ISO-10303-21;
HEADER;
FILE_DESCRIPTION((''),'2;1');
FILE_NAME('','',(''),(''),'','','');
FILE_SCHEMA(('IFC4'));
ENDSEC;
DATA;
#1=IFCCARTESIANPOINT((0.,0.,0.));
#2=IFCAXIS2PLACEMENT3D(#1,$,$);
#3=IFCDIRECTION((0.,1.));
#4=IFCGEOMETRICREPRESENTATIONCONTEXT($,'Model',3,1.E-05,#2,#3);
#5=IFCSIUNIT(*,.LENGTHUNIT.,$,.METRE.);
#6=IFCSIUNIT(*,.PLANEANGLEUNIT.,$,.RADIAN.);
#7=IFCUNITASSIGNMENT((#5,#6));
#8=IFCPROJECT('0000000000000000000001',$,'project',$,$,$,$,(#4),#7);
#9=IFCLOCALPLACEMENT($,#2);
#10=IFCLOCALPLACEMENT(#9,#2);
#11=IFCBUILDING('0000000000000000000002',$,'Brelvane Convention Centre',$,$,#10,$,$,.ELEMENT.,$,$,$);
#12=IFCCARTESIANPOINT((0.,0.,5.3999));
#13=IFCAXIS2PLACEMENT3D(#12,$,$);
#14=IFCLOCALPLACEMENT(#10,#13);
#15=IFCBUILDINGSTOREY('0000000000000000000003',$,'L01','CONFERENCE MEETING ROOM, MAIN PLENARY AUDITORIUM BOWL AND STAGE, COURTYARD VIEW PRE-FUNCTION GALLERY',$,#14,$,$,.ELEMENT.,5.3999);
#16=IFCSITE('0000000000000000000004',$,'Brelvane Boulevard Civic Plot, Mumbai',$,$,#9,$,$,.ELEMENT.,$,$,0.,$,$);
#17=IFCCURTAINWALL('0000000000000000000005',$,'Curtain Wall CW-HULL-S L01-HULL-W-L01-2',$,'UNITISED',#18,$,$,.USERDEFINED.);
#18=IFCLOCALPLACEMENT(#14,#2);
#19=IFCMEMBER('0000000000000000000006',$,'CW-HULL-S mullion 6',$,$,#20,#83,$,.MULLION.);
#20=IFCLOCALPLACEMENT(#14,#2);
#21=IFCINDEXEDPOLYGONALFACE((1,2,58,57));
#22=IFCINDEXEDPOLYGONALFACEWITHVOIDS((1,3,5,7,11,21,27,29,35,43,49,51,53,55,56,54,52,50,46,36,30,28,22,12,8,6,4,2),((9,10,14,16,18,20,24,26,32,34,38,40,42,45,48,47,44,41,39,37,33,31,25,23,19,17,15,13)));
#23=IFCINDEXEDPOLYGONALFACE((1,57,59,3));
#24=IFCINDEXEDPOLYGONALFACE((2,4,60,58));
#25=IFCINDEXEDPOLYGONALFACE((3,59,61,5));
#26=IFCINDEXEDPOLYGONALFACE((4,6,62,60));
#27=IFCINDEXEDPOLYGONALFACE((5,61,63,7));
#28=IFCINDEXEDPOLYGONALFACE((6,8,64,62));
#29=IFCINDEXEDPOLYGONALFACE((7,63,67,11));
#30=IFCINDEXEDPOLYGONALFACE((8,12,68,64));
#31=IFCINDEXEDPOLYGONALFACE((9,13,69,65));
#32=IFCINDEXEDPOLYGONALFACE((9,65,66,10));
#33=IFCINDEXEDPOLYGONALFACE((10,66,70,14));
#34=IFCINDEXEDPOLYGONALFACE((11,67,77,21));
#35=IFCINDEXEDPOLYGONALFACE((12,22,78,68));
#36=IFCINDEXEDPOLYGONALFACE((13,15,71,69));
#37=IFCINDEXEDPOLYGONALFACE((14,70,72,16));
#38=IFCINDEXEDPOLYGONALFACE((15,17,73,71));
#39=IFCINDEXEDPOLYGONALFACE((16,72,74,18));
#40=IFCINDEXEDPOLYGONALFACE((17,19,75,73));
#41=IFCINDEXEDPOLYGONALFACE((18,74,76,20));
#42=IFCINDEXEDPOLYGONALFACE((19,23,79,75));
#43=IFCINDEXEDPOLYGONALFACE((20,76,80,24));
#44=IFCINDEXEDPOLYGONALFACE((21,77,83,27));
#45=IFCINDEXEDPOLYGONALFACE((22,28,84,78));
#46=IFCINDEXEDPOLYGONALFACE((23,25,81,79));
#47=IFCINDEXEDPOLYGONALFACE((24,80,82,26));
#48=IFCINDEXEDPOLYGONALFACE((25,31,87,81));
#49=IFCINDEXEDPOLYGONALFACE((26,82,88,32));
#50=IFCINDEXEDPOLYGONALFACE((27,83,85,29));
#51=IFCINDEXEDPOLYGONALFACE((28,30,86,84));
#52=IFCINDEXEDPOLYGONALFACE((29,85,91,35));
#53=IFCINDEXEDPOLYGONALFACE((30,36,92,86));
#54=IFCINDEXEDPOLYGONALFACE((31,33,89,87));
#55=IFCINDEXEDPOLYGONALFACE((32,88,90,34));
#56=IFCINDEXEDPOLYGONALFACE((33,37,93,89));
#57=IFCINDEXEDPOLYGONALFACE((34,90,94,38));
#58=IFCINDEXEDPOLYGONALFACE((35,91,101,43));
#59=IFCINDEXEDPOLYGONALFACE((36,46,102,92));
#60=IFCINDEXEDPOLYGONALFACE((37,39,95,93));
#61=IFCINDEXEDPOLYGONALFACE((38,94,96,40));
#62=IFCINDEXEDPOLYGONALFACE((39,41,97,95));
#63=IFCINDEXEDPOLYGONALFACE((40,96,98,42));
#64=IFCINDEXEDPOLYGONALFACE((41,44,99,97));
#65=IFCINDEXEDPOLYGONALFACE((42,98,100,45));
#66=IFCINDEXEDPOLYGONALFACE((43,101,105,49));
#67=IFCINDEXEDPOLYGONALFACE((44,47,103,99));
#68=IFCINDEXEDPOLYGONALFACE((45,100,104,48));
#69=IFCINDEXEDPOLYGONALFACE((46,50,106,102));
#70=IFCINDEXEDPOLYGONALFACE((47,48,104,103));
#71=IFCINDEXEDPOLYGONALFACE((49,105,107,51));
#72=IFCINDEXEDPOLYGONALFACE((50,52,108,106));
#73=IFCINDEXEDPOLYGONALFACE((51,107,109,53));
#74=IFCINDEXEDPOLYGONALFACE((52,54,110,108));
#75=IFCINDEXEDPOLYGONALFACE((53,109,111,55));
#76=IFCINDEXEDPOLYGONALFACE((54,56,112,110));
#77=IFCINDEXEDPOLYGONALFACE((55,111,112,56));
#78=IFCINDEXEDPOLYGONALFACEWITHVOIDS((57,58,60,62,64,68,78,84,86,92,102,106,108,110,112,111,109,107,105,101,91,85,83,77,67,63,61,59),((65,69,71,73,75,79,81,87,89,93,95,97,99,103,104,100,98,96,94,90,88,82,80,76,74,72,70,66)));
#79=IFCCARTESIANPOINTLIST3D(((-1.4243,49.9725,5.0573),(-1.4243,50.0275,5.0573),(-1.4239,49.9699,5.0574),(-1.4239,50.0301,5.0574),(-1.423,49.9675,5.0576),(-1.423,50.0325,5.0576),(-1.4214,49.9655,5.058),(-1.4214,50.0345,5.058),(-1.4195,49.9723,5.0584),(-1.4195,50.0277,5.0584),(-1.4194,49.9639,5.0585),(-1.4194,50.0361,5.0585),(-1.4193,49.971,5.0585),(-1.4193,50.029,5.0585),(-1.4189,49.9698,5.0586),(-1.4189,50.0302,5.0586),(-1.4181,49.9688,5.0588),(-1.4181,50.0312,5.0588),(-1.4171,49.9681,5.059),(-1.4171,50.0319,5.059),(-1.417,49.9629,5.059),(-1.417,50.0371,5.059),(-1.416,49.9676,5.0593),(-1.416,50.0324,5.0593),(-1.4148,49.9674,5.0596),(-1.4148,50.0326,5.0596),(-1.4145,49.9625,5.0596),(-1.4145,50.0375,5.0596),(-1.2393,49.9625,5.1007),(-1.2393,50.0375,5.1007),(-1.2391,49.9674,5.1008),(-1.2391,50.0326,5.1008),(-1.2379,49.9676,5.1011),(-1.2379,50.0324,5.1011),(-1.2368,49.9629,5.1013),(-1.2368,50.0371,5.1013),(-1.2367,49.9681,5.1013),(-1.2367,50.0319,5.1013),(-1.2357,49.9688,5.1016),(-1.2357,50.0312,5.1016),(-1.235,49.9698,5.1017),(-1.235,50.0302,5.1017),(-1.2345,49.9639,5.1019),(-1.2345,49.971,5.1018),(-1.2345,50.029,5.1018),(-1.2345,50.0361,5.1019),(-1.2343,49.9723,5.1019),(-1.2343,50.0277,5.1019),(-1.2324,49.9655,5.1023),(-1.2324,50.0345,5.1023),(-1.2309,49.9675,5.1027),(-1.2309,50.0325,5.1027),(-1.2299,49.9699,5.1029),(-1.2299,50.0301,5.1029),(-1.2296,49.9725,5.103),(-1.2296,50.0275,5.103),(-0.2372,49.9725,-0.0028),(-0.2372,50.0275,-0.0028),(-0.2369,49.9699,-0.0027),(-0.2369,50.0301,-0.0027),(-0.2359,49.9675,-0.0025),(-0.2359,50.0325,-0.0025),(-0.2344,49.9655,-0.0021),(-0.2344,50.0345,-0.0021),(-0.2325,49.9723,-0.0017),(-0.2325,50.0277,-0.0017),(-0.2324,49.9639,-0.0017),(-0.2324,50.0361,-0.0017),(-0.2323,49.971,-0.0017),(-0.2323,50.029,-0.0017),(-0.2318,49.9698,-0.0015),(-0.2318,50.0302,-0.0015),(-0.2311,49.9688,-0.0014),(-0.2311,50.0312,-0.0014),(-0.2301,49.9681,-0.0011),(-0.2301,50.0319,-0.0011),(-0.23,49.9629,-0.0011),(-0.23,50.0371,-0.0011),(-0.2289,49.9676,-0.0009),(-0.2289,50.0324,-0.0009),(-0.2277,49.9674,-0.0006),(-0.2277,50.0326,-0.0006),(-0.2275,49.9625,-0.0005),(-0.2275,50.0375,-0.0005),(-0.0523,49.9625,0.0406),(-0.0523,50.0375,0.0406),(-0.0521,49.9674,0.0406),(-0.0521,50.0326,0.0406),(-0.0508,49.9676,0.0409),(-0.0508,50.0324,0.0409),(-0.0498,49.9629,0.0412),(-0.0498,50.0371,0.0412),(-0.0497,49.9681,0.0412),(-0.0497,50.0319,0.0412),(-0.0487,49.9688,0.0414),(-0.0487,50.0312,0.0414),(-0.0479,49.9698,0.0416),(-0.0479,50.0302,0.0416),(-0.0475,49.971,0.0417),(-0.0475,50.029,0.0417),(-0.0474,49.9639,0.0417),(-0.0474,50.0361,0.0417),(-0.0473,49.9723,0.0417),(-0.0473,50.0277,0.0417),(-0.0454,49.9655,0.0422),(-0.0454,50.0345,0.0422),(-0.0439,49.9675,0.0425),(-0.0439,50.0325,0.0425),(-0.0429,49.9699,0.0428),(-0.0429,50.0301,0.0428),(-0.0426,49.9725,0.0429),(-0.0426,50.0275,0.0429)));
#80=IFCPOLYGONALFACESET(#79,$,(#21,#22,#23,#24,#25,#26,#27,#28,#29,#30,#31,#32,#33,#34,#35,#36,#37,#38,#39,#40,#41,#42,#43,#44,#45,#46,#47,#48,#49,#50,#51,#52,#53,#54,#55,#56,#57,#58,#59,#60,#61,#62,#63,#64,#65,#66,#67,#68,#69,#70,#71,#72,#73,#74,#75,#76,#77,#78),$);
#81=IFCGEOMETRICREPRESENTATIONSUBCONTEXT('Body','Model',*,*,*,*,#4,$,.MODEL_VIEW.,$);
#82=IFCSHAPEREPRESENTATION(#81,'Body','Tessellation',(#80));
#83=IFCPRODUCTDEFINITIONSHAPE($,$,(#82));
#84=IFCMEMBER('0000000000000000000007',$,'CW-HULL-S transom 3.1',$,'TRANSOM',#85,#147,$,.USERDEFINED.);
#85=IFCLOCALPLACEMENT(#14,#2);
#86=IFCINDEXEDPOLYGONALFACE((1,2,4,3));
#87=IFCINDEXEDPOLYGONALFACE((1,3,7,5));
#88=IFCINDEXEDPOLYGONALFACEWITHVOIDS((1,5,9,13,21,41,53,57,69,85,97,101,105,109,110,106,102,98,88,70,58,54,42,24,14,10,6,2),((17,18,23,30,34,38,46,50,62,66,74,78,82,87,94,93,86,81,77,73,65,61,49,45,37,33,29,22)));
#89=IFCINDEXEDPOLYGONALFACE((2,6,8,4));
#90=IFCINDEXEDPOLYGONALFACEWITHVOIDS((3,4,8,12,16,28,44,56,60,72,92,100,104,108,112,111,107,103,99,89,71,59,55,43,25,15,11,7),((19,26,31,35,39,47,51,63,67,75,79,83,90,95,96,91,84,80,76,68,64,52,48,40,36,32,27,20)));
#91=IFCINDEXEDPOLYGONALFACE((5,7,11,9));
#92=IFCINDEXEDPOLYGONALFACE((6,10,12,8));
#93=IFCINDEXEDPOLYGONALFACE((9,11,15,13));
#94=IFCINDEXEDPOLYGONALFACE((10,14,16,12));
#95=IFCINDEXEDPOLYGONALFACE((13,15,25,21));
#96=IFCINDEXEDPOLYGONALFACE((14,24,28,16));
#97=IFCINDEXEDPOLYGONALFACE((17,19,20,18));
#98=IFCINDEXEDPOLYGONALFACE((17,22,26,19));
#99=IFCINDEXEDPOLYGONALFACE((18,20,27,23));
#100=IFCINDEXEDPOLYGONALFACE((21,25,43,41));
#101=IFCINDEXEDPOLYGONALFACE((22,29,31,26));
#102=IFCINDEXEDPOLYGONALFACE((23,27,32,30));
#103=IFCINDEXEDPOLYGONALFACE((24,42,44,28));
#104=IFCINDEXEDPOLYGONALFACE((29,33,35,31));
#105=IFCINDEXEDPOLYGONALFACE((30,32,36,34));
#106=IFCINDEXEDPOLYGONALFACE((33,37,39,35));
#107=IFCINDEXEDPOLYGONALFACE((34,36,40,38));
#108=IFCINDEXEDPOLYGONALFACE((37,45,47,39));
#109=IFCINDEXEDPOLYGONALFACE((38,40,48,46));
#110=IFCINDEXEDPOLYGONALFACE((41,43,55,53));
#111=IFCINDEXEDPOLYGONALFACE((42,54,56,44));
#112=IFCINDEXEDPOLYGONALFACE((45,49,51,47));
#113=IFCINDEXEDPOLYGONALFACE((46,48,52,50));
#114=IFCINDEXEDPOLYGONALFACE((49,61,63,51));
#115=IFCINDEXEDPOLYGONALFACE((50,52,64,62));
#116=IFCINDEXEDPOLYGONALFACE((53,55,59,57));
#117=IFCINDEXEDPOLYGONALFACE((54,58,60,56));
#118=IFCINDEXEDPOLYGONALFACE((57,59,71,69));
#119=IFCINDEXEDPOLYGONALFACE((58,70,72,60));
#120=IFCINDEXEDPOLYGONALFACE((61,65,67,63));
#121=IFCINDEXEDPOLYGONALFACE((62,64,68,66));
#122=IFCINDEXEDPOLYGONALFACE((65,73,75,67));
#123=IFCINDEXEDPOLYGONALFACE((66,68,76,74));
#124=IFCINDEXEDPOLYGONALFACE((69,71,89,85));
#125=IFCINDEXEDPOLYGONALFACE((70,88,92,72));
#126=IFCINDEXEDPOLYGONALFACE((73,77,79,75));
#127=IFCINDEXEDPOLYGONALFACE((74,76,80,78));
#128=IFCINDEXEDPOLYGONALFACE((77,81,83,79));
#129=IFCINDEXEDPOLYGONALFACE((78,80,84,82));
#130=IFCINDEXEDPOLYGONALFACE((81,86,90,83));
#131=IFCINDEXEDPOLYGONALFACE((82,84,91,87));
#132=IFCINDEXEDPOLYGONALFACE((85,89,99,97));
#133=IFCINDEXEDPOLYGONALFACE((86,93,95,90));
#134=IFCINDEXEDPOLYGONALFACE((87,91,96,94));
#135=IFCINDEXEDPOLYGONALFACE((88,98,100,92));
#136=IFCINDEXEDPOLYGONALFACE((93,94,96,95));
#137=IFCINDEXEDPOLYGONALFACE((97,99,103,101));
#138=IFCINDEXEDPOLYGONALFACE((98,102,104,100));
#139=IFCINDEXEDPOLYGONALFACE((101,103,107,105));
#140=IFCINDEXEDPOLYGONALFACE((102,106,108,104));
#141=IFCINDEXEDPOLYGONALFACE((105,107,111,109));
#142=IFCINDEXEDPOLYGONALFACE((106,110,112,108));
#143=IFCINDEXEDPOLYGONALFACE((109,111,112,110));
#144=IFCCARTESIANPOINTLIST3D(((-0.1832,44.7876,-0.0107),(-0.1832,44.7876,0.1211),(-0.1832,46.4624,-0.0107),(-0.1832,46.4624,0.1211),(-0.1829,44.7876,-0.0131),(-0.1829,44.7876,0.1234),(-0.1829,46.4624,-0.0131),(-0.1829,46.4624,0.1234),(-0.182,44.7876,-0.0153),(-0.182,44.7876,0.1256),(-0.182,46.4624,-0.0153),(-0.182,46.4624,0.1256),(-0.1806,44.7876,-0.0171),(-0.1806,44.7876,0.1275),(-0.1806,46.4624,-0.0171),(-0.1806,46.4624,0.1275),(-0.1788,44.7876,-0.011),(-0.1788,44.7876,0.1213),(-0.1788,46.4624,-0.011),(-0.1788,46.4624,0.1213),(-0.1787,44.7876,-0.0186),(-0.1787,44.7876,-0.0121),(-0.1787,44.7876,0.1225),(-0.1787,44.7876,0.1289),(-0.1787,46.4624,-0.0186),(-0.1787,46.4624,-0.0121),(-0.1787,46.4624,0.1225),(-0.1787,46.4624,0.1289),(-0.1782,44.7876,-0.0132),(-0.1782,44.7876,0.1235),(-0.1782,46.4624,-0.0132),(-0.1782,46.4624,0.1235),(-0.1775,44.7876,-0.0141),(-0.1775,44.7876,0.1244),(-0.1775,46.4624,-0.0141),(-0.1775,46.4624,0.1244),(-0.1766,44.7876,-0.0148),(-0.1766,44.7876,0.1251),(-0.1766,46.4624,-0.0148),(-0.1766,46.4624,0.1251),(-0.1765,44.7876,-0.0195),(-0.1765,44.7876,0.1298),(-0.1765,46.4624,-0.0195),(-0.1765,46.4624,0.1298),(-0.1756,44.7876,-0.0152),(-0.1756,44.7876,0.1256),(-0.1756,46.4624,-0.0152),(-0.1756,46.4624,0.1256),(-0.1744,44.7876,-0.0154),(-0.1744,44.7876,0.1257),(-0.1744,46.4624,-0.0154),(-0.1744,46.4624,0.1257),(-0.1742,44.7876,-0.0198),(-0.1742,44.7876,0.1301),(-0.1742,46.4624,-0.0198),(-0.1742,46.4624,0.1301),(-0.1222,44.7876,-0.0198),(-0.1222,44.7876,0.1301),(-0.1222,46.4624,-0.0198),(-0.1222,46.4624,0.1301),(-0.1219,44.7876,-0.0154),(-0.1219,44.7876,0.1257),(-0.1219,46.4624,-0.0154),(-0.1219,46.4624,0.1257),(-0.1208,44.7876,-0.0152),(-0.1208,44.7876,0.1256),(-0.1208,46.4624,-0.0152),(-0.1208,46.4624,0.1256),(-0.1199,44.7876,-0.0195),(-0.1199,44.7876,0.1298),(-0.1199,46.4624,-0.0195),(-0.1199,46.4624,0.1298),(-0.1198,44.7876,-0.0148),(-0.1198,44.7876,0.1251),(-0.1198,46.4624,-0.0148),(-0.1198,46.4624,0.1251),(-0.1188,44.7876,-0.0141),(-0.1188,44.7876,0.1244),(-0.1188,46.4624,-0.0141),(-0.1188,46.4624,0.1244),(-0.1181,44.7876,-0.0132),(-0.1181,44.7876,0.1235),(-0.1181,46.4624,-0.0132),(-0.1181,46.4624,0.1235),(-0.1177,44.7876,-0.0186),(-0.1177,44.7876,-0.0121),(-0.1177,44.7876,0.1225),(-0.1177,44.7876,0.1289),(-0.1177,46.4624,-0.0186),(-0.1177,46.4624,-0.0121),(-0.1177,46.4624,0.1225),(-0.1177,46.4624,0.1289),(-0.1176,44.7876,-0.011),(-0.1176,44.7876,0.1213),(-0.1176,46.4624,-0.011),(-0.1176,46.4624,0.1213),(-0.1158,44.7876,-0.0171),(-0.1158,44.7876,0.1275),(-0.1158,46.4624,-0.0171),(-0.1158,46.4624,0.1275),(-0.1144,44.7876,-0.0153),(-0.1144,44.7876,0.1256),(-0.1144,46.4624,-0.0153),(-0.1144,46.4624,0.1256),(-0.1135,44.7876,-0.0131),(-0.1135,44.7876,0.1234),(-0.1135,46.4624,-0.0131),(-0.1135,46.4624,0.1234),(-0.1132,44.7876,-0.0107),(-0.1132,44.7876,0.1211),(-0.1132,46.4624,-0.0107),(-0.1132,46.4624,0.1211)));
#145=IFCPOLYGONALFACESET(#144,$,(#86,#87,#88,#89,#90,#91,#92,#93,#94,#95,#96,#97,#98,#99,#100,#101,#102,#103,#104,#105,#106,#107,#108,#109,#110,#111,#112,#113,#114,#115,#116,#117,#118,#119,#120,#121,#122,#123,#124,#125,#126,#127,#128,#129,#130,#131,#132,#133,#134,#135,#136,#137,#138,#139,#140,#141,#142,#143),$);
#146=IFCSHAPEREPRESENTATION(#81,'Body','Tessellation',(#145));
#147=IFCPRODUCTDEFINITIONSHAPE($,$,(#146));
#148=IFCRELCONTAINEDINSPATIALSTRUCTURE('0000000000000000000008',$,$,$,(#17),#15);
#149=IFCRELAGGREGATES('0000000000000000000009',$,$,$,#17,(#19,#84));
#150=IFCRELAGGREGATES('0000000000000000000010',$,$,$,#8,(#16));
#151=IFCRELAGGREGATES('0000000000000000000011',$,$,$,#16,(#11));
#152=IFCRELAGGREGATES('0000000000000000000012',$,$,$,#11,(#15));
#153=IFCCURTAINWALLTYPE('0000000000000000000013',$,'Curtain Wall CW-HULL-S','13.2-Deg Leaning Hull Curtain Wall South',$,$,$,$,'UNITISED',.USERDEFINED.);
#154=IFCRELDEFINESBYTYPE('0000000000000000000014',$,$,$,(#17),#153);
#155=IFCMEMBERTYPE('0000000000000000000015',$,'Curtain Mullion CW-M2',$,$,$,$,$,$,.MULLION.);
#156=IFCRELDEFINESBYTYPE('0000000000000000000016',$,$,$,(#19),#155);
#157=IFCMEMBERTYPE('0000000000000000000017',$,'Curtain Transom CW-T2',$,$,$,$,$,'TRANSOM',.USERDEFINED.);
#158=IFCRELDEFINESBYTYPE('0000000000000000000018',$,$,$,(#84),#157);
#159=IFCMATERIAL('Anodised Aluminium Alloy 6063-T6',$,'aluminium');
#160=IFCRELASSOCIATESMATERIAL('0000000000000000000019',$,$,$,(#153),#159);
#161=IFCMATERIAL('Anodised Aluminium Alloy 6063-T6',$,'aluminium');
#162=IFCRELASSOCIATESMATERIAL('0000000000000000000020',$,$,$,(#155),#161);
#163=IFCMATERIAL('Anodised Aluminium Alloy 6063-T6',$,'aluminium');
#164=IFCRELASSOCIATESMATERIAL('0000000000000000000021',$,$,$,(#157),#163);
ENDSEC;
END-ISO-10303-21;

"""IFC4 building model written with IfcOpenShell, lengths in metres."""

from ifc_helpers import new_model, si_unit, direction, frame, origin, origin_2d, place, context, subcontext, project, spatial, hollow_rectangle, extrude, material, material_profile, profile_set, type_object, element, aggregate, save


model = new_model("IFC4")

# Units and contexts
model_context = context("Model", 3, precision=1e-05, world=origin(), true_north=direction((0.0, 1.0)))
body_context = subcontext(model_context, "Body", "Model", "MODEL_VIEW")
ifc_project = project(units=[si_unit("LENGTHUNIT", "METRE"), si_unit("PLANEANGLEUNIT", "RADIAN")], contexts=[model_context])

# Site, building, storey
site_placement = place(None, origin())
site = spatial("IfcSite", under=ifc_project, at=site_placement, Name="Brelvane Boulevard Civic Plot, Mumbai", CompositionType="ELEMENT", RefElevation=0.0)
building_placement = place(site_placement, origin())
building = spatial("IfcBuilding", under=site, at=building_placement, Name="Brelvane Convention Centre", CompositionType="ELEMENT")
storey_placement = place(building_placement, frame((0.0, 0.0, 5.3999)))
storey = spatial("IfcBuildingStorey", under=building, at=storey_placement, Name="L01", Description="CONFERENCE MEETING ROOM, MAIN PLENARY AUDITORIUM BOWL AND STAGE, COURTYARD VIEW PRE-FUNCTION GALLERY", CompositionType="ELEMENT", Elevation=5.3999)

# Curtain wall, members
ifc_material_1 = material(Name="Anodised Aluminium Alloy 6063-T6", Category="aluminium")
curtain_wall_type = type_object("IfcCurtainWallType", Name="Curtain Wall CW-HULL-S", Description="13.2-Deg Leaning Hull Curtain Wall South", ElementType="UNITISED", PredefinedType="USERDEFINED", material=ifc_material_1)
curtain_wall_placement = place(storey_placement, origin())
curtain_wall = element("IfcCurtainWall", 1, at=curtain_wall_placement, inside=storey, type_object=curtain_wall_type, Name="Curtain Wall CW-HULL-S L01-HULL-W-L01-2", ObjectType="UNITISED", PredefinedType="USERDEFINED")
ifc_material_2 = material(Name="Anodised Aluminium Alloy 6063-T6", Category="aluminium")
ifc_material_profile_1 = material_profile(ifc_material_2, hollow_rectangle(XDim=0.075, YDim=0.2, WallThickness=0.0049, InnerFilletRadius=0.0049, OuterFilletRadius=0.01, at=origin_2d()), Name="ALU-M 200x75x5.0")
ifc_profile_set_1 = profile_set([ifc_material_profile_1], Name="Anodised Aluminium Alloy 6063-T6")
member_type_1 = type_object("IfcMemberType", Name="Curtain Mullion CW-M2", PredefinedType="MULLION", material=ifc_profile_set_1)
member_1_placement = place(storey_placement, frame((-0.1399, 50.0, 0.02), z_axis=(-0.228385, 0.0, 0.973571), x_axis=(0.0, -1.0, 0.0)))
member_1 = element("IfcMember", 2, at=member_1_placement, type_object=member_type_1, Name="CW-HULL-S mullion 6", PredefinedType="MULLION", context=body_context, shape_type="SweptSolid", body=[
    extrude(hollow_rectangle(XDim=0.075, YDim=0.2, WallThickness=0.0049, InnerFilletRadius=0.0049, OuterFilletRadius=0.01, at=origin_2d()), origin(), (0.0, 0.0, 1.0), 5.1975),
])
ifc_material_3 = material(Name="Anodised Aluminium Alloy 6063-T6", Category="aluminium")
ifc_material_profile_2 = material_profile(ifc_material_3, hollow_rectangle(XDim=0.0701, YDim=0.1499, WallThickness=0.0044, InnerFilletRadius=0.0044, OuterFilletRadius=0.009, at=origin_2d()), Name="ALU-T 150x70x4.5")
ifc_profile_set_2 = profile_set([ifc_material_profile_2], Name="Anodised Aluminium Alloy 6063-T6")
member_type_2 = type_object("IfcMemberType", Name="Curtain Transom CW-T2", ElementType="TRANSOM", PredefinedType="USERDEFINED", material=ifc_profile_set_2)
member_2_placement = place(storey_placement, frame((-0.1482, 44.7876, 0.0552), z_axis=(0.0, 1.0, 0.0), x_axis=(-1.0, 0.0, 0.0)))
member_2 = element("IfcMember", 3, at=member_2_placement, type_object=member_type_2, Name="CW-HULL-S transom 3.1", ObjectType="TRANSOM", PredefinedType="USERDEFINED", context=body_context, shape_type="SweptSolid", body=[
    extrude(hollow_rectangle(XDim=0.0701, YDim=0.1499, WallThickness=0.0044, InnerFilletRadius=0.0044, OuterFilletRadius=0.009, at=origin_2d()), origin(), (0.0, 0.0, 1.0), 1.6748),
])
aggregate(curtain_wall, [member_1, member_2])

save(model, "model.ifc")
